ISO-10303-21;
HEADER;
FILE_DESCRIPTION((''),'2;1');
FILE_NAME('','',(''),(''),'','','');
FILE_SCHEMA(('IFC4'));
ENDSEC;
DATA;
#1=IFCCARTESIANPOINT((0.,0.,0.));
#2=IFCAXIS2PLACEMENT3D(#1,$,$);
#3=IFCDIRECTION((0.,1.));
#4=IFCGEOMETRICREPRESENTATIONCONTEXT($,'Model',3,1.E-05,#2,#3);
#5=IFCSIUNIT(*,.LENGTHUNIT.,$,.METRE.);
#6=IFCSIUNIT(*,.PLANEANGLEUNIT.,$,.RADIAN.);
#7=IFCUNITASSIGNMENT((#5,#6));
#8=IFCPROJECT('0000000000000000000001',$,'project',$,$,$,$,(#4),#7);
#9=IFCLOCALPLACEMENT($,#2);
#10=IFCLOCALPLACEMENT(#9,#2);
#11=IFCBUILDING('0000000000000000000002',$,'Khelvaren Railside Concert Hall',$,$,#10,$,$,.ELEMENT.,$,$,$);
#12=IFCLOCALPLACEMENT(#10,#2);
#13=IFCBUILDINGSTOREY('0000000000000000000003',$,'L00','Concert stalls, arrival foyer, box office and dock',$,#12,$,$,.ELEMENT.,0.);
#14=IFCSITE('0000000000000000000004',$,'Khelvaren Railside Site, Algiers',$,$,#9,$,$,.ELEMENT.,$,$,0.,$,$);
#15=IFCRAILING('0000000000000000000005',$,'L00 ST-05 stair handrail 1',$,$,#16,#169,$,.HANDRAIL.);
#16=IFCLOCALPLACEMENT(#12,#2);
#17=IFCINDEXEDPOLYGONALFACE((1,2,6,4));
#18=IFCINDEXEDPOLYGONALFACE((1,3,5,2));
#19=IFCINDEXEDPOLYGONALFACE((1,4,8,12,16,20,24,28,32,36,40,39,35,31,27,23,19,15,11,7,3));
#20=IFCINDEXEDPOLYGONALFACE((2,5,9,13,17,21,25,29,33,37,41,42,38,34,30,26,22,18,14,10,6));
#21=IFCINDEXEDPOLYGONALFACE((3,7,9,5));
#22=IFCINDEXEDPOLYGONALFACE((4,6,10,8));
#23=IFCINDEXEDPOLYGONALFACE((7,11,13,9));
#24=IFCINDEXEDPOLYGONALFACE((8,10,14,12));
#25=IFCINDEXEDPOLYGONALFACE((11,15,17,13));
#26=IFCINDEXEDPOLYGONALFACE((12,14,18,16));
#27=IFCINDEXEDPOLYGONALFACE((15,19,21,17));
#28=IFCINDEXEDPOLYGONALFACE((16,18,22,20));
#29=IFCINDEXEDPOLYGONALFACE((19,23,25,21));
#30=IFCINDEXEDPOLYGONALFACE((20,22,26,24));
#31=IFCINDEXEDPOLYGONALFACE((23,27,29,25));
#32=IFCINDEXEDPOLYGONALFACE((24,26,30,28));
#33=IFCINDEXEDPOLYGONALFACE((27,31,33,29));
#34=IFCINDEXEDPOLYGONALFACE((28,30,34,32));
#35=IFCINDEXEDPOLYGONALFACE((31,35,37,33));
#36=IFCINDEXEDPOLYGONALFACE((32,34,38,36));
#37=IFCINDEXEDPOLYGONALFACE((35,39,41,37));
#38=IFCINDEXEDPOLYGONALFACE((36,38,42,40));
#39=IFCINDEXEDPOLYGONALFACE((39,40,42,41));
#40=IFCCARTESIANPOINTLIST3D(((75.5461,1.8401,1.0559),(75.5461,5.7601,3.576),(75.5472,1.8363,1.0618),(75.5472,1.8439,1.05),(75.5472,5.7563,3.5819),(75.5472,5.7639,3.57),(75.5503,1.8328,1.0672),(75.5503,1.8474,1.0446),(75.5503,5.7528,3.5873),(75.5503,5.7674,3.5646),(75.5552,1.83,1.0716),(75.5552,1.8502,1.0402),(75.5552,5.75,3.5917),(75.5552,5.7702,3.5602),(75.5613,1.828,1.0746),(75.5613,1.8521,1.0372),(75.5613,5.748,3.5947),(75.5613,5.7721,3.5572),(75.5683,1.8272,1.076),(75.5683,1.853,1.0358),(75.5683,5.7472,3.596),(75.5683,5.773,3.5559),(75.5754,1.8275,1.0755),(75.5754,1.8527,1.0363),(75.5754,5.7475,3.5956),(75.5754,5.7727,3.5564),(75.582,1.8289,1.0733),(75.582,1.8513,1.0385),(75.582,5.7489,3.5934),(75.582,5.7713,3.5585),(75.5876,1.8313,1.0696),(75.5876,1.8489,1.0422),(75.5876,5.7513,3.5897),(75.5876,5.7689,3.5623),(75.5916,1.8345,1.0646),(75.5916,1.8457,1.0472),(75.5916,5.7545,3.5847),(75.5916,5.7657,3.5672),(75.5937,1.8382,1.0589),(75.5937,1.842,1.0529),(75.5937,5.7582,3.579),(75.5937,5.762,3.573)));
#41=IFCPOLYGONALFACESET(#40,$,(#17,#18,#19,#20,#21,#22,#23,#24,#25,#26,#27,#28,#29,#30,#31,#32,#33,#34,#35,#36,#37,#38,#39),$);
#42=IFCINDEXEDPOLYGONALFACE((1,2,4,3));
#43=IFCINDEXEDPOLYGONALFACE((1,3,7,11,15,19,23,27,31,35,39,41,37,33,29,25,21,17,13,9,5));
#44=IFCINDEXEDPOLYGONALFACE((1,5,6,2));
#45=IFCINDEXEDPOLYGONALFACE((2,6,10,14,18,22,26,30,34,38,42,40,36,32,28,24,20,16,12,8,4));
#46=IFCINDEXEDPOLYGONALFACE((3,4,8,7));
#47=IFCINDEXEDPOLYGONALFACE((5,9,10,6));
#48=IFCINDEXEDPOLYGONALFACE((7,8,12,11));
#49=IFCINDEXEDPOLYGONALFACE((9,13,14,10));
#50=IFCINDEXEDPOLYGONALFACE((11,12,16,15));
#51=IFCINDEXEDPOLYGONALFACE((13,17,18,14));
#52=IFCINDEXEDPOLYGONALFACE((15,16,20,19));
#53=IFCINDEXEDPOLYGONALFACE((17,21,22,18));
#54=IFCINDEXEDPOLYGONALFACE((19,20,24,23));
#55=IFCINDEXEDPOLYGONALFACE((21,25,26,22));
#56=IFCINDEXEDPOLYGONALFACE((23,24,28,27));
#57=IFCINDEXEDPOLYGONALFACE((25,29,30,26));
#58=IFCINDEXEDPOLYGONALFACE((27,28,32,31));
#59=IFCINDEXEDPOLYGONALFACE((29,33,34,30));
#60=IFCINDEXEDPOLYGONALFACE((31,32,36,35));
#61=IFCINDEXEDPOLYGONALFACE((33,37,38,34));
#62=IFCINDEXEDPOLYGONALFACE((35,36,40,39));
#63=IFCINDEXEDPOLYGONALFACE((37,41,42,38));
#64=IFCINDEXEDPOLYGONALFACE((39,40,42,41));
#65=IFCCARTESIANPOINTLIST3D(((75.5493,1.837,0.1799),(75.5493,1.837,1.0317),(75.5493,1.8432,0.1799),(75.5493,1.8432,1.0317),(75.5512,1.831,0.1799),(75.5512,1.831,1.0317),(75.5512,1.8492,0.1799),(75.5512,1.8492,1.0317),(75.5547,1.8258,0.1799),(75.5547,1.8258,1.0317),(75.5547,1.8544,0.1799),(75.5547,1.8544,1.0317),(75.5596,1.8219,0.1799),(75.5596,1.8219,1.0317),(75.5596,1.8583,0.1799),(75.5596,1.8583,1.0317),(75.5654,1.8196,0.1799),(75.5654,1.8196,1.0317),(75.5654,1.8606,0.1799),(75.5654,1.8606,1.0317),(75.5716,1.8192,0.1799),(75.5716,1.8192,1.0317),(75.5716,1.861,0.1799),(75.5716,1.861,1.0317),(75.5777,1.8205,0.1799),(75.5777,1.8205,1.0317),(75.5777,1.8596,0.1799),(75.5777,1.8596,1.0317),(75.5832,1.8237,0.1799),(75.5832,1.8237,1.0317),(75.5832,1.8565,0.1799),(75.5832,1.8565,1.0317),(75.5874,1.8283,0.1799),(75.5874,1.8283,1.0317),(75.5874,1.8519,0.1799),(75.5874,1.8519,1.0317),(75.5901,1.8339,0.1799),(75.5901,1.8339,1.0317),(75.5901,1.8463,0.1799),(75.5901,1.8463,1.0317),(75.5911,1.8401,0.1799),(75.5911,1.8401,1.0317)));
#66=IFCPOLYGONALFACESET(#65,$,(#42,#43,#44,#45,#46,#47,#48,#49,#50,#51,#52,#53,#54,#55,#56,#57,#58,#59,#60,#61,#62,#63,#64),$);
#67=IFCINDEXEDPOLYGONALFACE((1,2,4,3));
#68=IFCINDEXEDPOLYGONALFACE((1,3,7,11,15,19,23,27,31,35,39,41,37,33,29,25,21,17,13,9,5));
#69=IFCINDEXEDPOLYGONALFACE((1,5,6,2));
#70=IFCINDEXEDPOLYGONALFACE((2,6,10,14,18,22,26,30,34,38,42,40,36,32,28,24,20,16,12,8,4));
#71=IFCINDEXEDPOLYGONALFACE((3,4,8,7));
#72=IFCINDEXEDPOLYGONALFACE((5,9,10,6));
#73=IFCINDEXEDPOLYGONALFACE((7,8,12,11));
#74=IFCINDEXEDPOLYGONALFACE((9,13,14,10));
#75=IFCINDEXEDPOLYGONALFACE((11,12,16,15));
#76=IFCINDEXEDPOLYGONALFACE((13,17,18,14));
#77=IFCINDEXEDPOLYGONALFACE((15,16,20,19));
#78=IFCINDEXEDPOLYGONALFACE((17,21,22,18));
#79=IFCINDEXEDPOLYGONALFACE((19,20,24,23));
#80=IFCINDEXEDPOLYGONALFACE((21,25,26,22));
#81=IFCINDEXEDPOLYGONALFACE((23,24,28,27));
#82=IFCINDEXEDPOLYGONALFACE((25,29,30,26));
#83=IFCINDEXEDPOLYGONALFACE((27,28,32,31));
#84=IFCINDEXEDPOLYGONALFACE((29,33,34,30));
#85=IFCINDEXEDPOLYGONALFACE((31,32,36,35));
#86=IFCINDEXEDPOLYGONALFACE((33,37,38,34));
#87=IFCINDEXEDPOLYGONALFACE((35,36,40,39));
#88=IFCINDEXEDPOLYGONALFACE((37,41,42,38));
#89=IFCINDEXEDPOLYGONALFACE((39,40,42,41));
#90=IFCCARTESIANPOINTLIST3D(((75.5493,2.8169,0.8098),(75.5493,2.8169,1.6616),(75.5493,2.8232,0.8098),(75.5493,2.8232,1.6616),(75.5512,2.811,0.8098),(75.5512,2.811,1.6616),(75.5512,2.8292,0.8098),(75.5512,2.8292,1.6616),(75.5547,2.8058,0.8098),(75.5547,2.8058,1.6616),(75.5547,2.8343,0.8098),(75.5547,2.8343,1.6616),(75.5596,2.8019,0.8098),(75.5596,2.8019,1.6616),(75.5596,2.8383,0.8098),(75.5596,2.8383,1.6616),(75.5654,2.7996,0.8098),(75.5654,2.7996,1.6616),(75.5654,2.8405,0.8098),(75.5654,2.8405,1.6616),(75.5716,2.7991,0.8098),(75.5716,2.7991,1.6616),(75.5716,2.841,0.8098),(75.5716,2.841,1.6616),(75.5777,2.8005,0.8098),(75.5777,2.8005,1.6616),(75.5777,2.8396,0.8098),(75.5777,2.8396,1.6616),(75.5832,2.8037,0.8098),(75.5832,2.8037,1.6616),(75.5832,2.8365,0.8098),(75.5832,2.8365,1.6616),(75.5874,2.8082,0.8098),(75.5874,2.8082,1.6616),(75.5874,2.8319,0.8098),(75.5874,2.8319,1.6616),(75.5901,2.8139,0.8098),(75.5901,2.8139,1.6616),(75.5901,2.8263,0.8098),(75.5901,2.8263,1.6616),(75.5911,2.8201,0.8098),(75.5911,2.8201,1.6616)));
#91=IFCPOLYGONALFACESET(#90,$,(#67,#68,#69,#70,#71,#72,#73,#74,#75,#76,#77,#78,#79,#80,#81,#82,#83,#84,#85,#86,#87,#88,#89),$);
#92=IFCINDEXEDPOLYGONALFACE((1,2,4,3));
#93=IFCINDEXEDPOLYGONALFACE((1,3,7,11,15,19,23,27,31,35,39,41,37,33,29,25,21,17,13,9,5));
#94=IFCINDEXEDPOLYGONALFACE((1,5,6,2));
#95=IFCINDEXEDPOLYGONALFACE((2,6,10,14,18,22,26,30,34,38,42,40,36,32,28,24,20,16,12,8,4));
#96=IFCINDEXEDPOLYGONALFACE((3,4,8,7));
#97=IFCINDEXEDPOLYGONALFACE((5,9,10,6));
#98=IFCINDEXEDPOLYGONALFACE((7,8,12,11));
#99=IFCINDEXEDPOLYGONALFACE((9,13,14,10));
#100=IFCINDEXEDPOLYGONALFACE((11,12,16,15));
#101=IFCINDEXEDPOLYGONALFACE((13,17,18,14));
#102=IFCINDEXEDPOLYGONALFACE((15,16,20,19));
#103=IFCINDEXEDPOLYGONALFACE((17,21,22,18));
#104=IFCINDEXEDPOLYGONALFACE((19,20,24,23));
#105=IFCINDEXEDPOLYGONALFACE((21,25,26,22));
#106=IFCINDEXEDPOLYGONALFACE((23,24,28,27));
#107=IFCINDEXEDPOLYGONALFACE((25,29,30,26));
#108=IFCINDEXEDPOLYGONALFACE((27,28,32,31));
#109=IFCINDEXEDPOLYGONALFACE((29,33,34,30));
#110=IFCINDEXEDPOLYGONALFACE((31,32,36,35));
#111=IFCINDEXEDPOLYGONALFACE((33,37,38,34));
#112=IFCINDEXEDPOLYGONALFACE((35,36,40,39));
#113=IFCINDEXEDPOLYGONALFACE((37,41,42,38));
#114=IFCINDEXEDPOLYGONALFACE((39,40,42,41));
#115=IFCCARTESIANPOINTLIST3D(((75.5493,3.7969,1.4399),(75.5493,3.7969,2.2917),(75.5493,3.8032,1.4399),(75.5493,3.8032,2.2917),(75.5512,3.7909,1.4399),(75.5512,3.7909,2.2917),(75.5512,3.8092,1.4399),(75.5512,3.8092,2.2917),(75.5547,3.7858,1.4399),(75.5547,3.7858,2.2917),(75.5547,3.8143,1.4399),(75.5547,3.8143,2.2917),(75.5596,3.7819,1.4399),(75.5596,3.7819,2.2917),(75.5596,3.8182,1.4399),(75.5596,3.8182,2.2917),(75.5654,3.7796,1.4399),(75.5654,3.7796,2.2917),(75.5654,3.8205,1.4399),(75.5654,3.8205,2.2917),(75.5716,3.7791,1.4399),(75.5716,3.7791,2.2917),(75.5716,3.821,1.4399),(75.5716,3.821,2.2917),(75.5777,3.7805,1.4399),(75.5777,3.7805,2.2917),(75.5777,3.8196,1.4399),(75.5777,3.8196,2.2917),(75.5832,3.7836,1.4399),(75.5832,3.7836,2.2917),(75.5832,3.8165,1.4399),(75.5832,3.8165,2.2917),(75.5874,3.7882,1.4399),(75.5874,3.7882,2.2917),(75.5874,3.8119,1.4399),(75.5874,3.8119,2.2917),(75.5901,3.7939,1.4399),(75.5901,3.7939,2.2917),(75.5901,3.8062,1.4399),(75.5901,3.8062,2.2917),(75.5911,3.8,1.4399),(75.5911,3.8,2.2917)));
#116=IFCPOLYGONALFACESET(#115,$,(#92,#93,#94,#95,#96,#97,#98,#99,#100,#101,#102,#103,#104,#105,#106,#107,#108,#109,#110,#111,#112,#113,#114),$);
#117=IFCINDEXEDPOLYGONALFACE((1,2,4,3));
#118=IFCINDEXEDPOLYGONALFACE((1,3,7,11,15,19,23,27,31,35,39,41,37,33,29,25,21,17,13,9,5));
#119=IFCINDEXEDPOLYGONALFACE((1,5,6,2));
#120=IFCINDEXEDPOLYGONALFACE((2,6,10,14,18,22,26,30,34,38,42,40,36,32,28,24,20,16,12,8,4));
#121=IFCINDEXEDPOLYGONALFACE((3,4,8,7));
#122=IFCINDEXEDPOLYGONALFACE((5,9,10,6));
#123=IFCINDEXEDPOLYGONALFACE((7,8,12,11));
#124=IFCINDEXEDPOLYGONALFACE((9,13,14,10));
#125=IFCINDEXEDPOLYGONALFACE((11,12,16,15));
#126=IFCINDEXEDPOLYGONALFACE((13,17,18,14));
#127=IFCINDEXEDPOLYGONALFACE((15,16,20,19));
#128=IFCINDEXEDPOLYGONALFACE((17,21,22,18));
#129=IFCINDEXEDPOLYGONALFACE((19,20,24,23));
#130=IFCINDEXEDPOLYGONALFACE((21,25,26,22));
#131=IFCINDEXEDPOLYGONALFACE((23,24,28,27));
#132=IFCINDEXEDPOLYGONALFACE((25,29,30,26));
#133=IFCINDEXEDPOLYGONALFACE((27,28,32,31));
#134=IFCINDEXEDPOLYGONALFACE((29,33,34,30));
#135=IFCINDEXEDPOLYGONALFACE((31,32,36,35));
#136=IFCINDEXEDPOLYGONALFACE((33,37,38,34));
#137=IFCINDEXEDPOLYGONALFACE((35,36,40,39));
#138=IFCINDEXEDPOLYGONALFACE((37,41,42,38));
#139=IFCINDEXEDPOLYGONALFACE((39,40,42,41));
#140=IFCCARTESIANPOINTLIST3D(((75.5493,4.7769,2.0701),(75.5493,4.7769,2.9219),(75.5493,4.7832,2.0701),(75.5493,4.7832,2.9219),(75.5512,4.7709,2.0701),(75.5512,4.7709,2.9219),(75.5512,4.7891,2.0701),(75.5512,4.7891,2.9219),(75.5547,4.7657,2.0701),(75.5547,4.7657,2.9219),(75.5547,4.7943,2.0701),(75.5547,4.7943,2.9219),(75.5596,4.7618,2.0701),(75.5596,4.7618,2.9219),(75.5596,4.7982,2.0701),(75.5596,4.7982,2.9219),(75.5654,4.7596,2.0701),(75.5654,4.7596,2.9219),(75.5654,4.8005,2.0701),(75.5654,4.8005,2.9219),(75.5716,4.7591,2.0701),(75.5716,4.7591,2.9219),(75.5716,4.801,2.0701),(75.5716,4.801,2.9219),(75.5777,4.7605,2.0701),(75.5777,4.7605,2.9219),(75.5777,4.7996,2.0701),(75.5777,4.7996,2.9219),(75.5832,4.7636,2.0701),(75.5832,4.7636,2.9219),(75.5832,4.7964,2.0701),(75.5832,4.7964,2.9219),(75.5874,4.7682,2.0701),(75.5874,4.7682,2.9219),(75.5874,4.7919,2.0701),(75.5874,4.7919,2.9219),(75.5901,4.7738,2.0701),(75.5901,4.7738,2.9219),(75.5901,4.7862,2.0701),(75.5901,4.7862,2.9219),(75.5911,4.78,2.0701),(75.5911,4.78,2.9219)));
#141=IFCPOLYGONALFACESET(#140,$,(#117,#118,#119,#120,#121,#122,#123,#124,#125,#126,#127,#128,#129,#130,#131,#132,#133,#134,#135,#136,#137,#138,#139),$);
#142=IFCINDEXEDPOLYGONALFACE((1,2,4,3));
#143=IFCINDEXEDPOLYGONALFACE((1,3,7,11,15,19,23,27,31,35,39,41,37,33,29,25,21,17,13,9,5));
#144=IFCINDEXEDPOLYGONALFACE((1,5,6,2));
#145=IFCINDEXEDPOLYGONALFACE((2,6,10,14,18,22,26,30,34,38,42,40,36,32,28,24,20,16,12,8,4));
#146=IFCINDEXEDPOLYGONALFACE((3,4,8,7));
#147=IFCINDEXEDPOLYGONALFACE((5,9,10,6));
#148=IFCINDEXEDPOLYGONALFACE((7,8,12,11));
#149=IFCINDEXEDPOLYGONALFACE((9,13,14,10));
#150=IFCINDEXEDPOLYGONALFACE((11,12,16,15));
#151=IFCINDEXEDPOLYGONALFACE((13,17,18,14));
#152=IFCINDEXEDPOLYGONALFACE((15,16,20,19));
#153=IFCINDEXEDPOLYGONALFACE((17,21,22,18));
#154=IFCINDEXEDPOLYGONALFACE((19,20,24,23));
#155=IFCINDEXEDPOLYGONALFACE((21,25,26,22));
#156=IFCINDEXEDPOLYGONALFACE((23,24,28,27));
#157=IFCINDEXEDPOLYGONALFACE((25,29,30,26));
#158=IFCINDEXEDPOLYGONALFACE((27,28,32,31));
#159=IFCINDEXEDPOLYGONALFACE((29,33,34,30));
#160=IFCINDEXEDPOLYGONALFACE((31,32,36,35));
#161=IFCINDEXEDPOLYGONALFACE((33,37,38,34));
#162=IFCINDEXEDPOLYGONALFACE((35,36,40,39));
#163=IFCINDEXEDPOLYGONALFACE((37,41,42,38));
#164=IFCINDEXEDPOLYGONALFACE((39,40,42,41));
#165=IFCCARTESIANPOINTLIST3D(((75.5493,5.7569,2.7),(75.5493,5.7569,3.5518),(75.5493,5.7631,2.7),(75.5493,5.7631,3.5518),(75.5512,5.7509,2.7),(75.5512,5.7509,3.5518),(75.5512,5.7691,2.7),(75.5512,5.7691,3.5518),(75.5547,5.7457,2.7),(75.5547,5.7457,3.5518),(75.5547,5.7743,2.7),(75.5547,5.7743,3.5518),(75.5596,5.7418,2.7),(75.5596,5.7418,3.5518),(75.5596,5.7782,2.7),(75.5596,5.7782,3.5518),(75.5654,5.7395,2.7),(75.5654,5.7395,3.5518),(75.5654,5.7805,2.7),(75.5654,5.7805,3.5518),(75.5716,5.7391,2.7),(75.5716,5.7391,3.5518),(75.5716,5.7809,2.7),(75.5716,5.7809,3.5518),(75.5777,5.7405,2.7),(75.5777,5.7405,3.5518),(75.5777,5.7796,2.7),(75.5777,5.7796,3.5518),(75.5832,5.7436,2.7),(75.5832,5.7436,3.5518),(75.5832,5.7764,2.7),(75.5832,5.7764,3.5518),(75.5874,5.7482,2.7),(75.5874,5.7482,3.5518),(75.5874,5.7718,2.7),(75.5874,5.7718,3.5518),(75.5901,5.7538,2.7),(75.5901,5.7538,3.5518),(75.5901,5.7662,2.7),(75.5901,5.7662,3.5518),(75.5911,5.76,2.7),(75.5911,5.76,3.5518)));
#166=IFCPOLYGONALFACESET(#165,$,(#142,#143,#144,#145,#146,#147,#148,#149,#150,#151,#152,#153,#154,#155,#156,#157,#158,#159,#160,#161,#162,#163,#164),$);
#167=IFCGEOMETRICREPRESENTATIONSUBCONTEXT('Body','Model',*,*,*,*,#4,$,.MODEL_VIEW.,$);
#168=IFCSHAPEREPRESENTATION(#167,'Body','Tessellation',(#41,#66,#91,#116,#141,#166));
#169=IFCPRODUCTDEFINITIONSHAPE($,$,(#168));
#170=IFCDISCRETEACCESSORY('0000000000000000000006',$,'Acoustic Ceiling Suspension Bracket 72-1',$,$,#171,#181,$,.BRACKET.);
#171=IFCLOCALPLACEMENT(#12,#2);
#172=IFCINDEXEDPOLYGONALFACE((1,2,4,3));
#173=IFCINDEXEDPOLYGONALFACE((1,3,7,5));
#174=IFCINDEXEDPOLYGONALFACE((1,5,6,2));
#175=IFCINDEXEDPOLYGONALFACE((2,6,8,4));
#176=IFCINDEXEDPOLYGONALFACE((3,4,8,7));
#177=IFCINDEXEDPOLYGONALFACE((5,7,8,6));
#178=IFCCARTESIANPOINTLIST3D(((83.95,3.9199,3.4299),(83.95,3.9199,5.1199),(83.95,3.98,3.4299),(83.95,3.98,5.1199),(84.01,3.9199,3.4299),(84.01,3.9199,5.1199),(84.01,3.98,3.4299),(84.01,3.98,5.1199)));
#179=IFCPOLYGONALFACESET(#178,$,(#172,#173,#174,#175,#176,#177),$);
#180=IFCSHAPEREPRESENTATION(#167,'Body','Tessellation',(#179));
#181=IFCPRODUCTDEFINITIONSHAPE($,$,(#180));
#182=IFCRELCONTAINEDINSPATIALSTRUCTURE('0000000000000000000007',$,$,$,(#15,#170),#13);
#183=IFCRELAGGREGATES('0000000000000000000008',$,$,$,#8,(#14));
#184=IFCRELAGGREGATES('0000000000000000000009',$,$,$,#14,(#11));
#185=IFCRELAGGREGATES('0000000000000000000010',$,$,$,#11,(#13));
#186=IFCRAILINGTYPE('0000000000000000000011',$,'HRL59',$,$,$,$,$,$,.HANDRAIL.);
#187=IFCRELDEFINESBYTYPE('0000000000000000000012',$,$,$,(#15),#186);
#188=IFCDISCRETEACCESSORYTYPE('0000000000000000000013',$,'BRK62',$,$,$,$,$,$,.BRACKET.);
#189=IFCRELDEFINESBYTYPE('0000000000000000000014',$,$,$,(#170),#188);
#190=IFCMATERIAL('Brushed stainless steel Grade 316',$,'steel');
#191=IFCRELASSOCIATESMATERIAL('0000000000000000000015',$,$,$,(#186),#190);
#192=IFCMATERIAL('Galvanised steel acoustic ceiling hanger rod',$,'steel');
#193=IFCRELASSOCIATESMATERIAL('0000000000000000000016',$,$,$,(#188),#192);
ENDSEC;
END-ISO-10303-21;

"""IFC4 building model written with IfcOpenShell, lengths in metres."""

from ifc_helpers import new_model, si_unit, direction, frame, origin, origin_2d, place, context, subcontext, project, spatial, rectangle, circle, extrude, material, type_object, element, save


model = new_model("IFC4")

# Units and contexts
model_context = context("Model", 3, precision=1e-05, world=origin(), true_north=direction((0.0, 1.0)))
body_context = subcontext(model_context, "Body", "Model", "MODEL_VIEW")
ifc_project = project(units=[si_unit("LENGTHUNIT", "METRE"), si_unit("PLANEANGLEUNIT", "RADIAN")], contexts=[model_context])

# Site, building, storey
site_placement = place(None, origin())
site = spatial("IfcSite", under=ifc_project, at=site_placement, Name="Khelvaren Railside Site, Algiers", CompositionType="ELEMENT", RefElevation=0.0)
building_placement = place(site_placement, origin())
building = spatial("IfcBuilding", under=site, at=building_placement, Name="Khelvaren Railside Concert Hall", CompositionType="ELEMENT")
storey_placement = place(building_placement, origin())
storey = spatial("IfcBuildingStorey", under=building, at=storey_placement, Name="L00", Description="Concert stalls, arrival foyer, box office and dock", CompositionType="ELEMENT", Elevation=0.0)

# Railing
ifc_material_1 = material(Name="Brushed stainless steel Grade 316", Category="steel")
railing_type_1 = type_object("IfcRailingType", Name="HRL59", PredefinedType="HANDRAIL", material=ifc_material_1)
railing_1_placement = place(storey_placement, frame((75.5701, 1.8401, 0.1799)))
element("IfcRailing", 1, at=railing_1_placement, inside=storey, type_object=railing_type_1, Name="L00 ST-05 stair handrail 1", PredefinedType="HANDRAIL", context=body_context, shape_type="SweptSolid", body=[
    extrude(circle(Radius=0.0239, at=origin_2d()), frame((0.0, 0.0, 0.876), z_axis=(0.0, 0.841172, 0.540768), x_axis=(-1.0, 0.0, 0.0)), (0.0, 0.0, 1.0), 4.6602),
    extrude(circle(Radius=0.021, at=origin_2d()), origin(), (0.0, 0.0, 1.0), 0.8518),
    extrude(circle(Radius=0.021, at=origin_2d()), frame((0.0, 0.98, 0.6299)), (0.0, 0.0, 1.0), 0.8518),
    extrude(circle(Radius=0.021, at=origin_2d()), frame((0.0, 1.96, 1.26)), (0.0, 0.0, 1.0), 0.8518),
    extrude(circle(Radius=0.021, at=origin_2d()), frame((0.0, 2.9399, 1.8901)), (0.0, 0.0, 1.0), 0.8518),
    extrude(circle(Radius=0.021, at=origin_2d()), frame((0.0, 3.9199, 2.52)), (0.0, 0.0, 1.0), 0.8518),
])

# Discrete accessory
ifc_material_2 = material(Name="Galvanised steel acoustic ceiling hanger rod", Category="steel")
discrete_accessory_type = type_object("IfcDiscreteAccessoryType", Name="BRK62", PredefinedType="BRACKET", material=ifc_material_2)
discrete_accessory_placement = place(storey_placement, frame((83.98, 3.95, 3.4299), z_axis=(0.0, 0.0, 1.0), x_axis=(1.0, 0.0, 0.0)))
element("IfcDiscreteAccessory", 2, at=discrete_accessory_placement, inside=storey, type_object=discrete_accessory_type, Name="Acoustic Ceiling Suspension Bracket 72-1", PredefinedType="BRACKET", context=body_context, shape_type="SweptSolid", body=[
    extrude(rectangle(XDim=0.0601, YDim=0.0601, at=origin_2d()), origin(), (0.0, 0.0, 1.0), 1.6899),
])

save(model, "model.ifc")
